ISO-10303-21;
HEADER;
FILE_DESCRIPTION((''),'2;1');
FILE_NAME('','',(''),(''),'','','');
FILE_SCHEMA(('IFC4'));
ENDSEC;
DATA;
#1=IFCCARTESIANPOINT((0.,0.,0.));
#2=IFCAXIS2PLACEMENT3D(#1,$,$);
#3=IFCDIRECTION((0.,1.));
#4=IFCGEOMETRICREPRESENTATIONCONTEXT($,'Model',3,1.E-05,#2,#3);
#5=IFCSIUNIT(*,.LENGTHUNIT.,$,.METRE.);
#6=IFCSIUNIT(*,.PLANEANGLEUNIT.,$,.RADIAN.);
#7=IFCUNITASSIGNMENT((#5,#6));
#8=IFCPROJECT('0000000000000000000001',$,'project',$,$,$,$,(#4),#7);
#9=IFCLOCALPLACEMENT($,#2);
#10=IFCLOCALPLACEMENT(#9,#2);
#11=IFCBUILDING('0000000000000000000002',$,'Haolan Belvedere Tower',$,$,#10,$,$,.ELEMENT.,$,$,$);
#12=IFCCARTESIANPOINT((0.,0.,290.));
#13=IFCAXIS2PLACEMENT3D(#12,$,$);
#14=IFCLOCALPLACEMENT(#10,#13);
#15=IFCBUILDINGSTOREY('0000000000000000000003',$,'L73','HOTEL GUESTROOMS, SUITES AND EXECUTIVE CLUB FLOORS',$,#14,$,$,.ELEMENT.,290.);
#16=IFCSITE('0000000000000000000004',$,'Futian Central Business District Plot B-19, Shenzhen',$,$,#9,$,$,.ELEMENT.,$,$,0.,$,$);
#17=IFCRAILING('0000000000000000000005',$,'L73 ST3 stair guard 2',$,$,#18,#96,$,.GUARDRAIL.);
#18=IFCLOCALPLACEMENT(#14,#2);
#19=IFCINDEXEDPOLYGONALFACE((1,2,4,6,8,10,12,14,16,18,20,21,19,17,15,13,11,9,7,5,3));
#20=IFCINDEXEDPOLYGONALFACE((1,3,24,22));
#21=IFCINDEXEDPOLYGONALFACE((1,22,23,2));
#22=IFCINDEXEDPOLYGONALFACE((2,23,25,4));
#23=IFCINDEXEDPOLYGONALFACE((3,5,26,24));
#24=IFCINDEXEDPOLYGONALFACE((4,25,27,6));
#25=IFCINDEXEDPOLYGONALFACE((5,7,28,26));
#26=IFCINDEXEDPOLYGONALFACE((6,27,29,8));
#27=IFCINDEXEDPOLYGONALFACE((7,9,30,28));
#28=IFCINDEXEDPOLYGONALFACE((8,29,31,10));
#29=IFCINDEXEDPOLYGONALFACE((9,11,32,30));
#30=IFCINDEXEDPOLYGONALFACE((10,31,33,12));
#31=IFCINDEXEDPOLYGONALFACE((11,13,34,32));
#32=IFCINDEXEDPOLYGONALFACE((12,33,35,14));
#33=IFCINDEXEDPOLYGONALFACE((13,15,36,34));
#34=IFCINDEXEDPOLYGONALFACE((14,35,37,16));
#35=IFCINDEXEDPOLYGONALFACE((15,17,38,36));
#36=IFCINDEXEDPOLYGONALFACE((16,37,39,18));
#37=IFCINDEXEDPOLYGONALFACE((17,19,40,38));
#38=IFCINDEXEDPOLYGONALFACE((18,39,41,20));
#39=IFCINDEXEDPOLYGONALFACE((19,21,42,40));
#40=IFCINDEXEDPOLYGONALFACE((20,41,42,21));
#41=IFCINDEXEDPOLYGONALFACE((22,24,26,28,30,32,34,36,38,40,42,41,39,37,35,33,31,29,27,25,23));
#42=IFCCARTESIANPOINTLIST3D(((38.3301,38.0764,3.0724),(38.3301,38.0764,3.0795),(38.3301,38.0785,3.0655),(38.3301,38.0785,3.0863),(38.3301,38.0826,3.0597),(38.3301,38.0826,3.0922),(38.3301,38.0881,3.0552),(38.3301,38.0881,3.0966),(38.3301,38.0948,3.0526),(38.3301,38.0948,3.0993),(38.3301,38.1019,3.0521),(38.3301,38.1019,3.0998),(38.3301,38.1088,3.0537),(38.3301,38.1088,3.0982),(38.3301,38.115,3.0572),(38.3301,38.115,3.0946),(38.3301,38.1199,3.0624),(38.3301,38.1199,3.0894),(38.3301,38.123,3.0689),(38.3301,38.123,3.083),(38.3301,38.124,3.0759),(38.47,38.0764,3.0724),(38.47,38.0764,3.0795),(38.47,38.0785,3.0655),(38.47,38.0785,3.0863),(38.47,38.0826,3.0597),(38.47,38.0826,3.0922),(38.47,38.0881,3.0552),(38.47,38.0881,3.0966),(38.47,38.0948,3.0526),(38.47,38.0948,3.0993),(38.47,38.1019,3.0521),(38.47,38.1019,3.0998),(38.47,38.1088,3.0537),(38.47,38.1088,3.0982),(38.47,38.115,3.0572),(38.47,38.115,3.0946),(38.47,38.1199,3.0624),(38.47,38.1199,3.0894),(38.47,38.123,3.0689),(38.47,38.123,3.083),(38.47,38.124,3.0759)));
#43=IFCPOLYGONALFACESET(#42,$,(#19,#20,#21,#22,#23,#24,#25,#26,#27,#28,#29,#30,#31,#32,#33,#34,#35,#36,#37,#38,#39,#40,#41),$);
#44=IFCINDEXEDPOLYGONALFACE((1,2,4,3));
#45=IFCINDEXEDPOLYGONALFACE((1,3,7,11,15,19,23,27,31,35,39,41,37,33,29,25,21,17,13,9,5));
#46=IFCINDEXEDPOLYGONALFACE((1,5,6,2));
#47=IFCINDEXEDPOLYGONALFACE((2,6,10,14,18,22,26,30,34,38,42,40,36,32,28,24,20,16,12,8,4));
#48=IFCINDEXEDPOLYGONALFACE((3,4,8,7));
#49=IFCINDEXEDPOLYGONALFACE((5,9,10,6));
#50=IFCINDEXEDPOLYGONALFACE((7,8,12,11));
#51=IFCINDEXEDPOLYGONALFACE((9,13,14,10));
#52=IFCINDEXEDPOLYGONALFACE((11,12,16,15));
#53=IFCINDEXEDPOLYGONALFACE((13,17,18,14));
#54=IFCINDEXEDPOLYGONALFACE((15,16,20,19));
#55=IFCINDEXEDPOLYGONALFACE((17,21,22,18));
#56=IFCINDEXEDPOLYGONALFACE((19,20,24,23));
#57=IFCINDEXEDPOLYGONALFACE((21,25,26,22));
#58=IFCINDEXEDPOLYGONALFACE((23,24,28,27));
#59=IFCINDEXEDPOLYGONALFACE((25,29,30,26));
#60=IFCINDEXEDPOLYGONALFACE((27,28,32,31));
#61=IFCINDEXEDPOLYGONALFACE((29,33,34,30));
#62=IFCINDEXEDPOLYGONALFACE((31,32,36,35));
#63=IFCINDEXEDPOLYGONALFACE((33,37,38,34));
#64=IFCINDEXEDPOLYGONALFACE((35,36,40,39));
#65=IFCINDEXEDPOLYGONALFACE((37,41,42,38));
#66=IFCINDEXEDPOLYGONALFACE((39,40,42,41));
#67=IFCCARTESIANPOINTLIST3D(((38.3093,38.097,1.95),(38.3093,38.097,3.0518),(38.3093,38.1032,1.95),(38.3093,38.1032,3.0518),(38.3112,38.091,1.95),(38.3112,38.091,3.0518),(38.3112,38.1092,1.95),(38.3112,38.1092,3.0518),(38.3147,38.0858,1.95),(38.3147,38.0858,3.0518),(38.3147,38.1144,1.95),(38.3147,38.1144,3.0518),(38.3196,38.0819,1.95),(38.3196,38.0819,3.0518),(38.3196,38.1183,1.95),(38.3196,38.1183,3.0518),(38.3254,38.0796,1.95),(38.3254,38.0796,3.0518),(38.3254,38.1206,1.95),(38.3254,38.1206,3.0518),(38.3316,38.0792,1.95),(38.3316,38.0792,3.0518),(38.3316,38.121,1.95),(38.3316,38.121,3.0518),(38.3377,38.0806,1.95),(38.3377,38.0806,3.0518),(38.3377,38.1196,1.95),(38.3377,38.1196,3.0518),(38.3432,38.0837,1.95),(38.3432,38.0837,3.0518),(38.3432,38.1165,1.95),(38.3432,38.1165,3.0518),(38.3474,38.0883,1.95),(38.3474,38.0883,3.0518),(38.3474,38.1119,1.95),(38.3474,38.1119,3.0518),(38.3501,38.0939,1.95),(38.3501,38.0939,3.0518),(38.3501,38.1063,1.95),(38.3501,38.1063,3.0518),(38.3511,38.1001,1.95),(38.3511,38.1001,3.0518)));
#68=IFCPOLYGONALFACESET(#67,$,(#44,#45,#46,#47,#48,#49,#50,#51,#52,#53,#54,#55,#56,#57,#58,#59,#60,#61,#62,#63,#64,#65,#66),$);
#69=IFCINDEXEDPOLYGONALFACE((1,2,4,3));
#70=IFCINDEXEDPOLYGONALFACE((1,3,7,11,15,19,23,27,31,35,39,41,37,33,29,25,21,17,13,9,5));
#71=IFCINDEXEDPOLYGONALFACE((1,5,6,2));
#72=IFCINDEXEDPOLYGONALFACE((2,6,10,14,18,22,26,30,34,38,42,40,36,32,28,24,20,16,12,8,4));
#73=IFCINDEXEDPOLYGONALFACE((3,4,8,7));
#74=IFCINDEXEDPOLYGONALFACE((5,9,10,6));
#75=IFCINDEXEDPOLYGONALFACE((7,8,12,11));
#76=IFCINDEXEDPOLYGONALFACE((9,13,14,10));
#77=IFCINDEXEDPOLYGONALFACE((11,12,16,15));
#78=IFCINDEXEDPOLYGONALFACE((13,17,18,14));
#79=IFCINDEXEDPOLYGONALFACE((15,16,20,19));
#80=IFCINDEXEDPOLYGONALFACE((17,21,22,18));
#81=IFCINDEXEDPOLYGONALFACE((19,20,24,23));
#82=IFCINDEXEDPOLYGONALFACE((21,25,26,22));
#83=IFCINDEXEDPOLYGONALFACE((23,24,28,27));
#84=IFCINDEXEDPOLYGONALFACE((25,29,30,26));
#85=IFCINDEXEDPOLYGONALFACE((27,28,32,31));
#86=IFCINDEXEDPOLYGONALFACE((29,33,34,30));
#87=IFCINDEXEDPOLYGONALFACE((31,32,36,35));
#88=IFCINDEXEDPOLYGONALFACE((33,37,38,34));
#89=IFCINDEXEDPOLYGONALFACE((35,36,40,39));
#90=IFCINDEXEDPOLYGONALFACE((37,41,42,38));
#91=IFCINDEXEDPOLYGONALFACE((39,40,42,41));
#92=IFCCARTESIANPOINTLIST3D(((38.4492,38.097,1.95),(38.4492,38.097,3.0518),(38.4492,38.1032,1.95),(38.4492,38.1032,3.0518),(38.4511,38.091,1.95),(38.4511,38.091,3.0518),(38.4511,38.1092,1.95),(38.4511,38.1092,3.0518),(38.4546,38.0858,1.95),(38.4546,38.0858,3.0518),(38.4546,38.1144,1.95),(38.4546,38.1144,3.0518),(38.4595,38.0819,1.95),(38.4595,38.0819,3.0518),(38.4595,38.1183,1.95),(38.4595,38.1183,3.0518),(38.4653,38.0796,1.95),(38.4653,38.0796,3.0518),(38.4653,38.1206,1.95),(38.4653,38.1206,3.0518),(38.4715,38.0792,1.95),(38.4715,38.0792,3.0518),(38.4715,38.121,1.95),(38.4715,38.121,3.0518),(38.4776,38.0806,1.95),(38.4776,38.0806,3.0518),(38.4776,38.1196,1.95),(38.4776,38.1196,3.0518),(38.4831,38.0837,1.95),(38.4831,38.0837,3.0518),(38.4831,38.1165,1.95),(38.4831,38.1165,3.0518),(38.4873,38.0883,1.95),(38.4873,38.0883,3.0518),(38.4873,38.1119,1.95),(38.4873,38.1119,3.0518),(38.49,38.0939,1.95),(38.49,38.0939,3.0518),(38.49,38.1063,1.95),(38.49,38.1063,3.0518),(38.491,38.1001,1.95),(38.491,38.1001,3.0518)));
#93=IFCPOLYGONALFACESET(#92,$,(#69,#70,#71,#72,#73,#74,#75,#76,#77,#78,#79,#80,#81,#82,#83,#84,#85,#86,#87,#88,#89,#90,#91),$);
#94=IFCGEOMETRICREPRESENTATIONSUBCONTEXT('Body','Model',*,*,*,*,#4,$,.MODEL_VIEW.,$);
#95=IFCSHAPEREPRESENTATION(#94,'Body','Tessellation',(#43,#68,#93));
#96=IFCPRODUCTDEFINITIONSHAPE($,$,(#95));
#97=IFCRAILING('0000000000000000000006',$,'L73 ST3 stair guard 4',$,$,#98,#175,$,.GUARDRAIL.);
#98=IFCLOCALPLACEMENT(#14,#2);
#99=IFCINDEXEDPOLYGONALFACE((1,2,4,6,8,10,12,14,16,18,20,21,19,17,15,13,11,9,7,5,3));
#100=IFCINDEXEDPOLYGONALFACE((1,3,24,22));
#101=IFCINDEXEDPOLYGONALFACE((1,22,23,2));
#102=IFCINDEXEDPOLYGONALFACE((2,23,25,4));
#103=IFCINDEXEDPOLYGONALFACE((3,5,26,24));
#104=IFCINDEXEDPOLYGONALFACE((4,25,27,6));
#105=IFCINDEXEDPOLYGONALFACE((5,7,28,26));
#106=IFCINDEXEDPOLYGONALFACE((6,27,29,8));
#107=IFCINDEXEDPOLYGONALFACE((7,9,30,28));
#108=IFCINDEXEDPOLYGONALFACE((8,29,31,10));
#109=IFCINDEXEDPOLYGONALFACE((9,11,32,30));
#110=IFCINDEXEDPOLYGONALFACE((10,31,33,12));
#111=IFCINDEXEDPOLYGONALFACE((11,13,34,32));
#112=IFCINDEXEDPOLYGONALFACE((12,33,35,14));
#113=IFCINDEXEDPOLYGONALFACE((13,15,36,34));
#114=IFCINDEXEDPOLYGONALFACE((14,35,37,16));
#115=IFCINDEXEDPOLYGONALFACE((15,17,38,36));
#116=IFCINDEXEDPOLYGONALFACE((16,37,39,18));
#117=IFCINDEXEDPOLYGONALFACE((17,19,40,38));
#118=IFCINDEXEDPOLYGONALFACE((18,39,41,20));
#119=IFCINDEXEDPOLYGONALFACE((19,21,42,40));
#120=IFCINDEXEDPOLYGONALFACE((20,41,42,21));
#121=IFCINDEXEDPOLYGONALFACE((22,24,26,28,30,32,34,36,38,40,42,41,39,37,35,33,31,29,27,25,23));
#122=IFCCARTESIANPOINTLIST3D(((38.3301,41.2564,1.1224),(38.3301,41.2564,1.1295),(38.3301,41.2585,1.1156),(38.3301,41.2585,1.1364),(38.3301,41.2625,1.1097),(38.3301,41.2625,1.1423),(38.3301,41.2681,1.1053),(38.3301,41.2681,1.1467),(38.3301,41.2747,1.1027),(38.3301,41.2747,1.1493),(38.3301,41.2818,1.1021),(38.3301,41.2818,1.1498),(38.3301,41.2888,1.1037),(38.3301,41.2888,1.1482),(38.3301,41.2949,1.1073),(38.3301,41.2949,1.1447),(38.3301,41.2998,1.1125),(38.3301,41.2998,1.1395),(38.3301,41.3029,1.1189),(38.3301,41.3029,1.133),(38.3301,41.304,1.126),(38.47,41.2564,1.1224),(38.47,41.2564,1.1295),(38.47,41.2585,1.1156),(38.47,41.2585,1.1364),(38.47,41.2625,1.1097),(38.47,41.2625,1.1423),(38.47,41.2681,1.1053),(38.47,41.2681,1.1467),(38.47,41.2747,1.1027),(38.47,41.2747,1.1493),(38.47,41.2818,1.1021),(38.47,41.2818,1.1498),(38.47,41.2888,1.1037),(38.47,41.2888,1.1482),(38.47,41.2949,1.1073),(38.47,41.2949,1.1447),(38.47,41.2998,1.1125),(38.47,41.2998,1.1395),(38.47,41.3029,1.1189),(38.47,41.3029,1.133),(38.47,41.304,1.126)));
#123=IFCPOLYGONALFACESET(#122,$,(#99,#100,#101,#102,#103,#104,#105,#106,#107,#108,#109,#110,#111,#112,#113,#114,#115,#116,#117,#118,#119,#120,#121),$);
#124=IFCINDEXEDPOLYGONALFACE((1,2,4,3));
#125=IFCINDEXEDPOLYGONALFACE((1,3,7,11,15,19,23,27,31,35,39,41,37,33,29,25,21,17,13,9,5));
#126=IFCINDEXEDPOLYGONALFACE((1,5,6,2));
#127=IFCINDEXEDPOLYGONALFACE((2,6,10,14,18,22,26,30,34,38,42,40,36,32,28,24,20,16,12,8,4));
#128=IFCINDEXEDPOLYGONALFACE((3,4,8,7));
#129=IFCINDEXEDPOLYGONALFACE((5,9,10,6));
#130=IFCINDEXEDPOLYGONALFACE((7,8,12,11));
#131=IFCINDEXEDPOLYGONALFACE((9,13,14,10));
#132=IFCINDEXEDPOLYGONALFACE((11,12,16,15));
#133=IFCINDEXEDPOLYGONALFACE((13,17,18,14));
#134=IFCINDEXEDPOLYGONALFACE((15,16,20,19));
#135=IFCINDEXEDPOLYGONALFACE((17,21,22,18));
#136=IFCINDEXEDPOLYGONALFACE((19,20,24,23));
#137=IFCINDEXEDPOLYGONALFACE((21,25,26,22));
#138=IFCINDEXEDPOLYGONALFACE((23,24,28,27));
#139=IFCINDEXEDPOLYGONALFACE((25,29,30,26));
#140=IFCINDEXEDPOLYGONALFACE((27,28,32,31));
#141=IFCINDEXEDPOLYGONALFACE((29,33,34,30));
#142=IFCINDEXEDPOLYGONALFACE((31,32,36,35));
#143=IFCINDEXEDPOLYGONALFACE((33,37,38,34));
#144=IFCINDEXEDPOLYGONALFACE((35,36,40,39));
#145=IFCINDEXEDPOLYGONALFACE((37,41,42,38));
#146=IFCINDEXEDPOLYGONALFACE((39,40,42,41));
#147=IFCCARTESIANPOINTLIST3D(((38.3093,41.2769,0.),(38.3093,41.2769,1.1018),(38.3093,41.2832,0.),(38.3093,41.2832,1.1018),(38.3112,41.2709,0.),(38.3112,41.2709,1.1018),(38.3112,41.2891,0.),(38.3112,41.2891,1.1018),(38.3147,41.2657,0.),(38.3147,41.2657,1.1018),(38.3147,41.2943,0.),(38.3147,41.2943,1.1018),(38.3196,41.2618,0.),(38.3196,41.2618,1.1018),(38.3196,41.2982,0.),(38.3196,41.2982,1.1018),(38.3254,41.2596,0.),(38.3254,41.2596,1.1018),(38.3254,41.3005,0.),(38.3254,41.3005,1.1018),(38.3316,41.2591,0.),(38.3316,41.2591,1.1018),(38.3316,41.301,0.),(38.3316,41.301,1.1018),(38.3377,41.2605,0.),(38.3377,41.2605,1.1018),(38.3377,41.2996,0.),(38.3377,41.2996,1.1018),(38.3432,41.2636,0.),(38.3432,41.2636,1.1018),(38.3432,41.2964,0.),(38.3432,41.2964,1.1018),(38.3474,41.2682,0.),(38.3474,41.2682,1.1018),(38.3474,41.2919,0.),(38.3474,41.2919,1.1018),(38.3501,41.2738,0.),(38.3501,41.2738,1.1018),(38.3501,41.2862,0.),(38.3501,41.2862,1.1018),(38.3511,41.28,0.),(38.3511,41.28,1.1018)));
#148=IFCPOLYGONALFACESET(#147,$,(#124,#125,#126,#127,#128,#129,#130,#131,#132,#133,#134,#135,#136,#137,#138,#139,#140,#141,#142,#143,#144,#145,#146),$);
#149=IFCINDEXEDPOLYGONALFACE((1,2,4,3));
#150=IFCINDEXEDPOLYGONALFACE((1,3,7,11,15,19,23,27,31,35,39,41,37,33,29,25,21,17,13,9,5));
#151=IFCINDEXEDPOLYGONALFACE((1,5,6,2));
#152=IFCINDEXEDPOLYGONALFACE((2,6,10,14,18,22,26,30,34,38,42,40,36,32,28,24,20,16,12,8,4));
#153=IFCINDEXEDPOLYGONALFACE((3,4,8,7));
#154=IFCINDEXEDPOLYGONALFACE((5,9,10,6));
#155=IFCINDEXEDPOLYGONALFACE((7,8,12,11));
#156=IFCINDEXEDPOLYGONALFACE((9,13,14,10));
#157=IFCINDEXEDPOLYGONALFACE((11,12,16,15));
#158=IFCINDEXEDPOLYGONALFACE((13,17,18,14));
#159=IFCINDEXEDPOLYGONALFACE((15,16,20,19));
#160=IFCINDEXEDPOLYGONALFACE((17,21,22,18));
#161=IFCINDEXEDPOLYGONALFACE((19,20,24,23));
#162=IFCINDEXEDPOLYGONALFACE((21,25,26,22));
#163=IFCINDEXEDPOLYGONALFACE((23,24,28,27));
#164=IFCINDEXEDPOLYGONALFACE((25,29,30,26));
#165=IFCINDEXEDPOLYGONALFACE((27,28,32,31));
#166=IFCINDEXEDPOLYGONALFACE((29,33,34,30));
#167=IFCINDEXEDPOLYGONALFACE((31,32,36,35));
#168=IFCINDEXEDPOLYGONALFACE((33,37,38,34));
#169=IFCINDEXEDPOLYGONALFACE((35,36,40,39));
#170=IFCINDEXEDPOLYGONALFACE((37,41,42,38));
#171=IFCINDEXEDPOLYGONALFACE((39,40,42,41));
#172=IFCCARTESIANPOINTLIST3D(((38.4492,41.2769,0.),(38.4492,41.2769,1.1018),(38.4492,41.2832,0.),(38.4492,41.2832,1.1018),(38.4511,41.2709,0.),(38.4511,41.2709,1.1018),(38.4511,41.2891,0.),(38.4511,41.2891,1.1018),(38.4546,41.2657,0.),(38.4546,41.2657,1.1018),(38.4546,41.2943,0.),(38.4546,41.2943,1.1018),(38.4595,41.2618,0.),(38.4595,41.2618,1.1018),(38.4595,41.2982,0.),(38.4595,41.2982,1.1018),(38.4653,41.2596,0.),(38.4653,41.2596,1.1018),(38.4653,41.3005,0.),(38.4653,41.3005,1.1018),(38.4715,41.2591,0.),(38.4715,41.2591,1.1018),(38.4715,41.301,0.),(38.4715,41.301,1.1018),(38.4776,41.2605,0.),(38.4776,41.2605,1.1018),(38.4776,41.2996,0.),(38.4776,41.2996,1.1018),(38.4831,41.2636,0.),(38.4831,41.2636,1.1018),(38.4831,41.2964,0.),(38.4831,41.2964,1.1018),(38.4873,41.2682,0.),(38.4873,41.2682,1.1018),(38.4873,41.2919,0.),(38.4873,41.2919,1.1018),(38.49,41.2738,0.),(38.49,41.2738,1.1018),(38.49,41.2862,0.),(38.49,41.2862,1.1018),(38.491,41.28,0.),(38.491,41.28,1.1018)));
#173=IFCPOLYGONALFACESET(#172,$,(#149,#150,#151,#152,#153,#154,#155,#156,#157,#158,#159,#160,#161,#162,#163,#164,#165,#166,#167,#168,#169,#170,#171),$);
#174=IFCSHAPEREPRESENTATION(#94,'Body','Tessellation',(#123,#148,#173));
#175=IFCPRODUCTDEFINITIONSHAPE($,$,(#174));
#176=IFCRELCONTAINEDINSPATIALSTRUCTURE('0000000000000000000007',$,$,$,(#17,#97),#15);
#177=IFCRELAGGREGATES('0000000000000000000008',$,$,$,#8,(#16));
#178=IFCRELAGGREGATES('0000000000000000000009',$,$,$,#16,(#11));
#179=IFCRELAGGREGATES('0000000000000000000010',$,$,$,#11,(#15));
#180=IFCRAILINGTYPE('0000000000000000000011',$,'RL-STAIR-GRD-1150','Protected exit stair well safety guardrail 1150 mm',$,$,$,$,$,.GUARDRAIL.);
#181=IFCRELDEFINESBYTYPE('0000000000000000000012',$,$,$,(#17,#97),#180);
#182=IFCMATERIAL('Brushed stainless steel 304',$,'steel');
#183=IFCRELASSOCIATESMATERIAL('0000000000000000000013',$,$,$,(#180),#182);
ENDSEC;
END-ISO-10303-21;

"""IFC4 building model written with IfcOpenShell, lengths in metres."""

from ifc_helpers import new_model, si_unit, direction, frame, origin, origin_2d, place, context, subcontext, project, spatial, circle, extrude, material, type_object, element, save


model = new_model("IFC4")

# Units and contexts
model_context = context("Model", 3, precision=1e-05, world=origin(), true_north=direction((0.0, 1.0)))
body_context = subcontext(model_context, "Body", "Model", "MODEL_VIEW")
ifc_project = project(units=[si_unit("LENGTHUNIT", "METRE"), si_unit("PLANEANGLEUNIT", "RADIAN")], contexts=[model_context])

# Site, building, storey
site_placement = place(None, origin())
site = spatial("IfcSite", under=ifc_project, at=site_placement, Name="Futian Central Business District Plot B-19, Shenzhen", CompositionType="ELEMENT", RefElevation=0.0)
building_placement = place(site_placement, origin())
building = spatial("IfcBuilding", under=site, at=building_placement, Name="Haolan Belvedere Tower", CompositionType="ELEMENT")
storey_placement = place(building_placement, frame((0.0, 0.0, 290.0)))
storey = spatial("IfcBuildingStorey", under=building, at=storey_placement, Name="L73", Description="HOTEL GUESTROOMS, SUITES AND EXECUTIVE CLUB FLOORS", CompositionType="ELEMENT", Elevation=290.0)

# Railings
ifc_material_1 = material(Name="Brushed stainless steel 304", Category="steel")
railing_type_1 = type_object("IfcRailingType", Name="RL-STAIR-GRD-1150", Description="Protected exit stair well safety guardrail 1150 mm", PredefinedType="GUARDRAIL", material=ifc_material_1)
for number, where, name in (
    (1, (38.3301, 38.1001, 1.95), "L73 ST3 stair guard 2"),
    (2, (38.3301, 41.28, 0.0), "L73 ST3 stair guard 4"),
):
    element("IfcRailing", number, at=place(storey_placement, frame(where)), inside=storey, type_object=railing_type_1, Name=name, PredefinedType="GUARDRAIL", context=body_context, shape_type="SweptSolid", body=[
        extrude(circle(Radius=0.0239, at=origin_2d()), frame((0.0, 0.0, 1.126), z_axis=(1.0, 0.0, 0.0), x_axis=(0.0, 1.0, 0.0)), (0.0, 0.0, 1.0), 0.1399),
        extrude(circle(Radius=0.021, at=origin_2d()), origin(), (0.0, 0.0, 1.0), 1.1018),
        extrude(circle(Radius=0.021, at=origin_2d()), frame((0.1399, 0.0, 0.0)), (0.0, 0.0, 1.0), 1.1018),
    ])

save(model, "model.ifc")
